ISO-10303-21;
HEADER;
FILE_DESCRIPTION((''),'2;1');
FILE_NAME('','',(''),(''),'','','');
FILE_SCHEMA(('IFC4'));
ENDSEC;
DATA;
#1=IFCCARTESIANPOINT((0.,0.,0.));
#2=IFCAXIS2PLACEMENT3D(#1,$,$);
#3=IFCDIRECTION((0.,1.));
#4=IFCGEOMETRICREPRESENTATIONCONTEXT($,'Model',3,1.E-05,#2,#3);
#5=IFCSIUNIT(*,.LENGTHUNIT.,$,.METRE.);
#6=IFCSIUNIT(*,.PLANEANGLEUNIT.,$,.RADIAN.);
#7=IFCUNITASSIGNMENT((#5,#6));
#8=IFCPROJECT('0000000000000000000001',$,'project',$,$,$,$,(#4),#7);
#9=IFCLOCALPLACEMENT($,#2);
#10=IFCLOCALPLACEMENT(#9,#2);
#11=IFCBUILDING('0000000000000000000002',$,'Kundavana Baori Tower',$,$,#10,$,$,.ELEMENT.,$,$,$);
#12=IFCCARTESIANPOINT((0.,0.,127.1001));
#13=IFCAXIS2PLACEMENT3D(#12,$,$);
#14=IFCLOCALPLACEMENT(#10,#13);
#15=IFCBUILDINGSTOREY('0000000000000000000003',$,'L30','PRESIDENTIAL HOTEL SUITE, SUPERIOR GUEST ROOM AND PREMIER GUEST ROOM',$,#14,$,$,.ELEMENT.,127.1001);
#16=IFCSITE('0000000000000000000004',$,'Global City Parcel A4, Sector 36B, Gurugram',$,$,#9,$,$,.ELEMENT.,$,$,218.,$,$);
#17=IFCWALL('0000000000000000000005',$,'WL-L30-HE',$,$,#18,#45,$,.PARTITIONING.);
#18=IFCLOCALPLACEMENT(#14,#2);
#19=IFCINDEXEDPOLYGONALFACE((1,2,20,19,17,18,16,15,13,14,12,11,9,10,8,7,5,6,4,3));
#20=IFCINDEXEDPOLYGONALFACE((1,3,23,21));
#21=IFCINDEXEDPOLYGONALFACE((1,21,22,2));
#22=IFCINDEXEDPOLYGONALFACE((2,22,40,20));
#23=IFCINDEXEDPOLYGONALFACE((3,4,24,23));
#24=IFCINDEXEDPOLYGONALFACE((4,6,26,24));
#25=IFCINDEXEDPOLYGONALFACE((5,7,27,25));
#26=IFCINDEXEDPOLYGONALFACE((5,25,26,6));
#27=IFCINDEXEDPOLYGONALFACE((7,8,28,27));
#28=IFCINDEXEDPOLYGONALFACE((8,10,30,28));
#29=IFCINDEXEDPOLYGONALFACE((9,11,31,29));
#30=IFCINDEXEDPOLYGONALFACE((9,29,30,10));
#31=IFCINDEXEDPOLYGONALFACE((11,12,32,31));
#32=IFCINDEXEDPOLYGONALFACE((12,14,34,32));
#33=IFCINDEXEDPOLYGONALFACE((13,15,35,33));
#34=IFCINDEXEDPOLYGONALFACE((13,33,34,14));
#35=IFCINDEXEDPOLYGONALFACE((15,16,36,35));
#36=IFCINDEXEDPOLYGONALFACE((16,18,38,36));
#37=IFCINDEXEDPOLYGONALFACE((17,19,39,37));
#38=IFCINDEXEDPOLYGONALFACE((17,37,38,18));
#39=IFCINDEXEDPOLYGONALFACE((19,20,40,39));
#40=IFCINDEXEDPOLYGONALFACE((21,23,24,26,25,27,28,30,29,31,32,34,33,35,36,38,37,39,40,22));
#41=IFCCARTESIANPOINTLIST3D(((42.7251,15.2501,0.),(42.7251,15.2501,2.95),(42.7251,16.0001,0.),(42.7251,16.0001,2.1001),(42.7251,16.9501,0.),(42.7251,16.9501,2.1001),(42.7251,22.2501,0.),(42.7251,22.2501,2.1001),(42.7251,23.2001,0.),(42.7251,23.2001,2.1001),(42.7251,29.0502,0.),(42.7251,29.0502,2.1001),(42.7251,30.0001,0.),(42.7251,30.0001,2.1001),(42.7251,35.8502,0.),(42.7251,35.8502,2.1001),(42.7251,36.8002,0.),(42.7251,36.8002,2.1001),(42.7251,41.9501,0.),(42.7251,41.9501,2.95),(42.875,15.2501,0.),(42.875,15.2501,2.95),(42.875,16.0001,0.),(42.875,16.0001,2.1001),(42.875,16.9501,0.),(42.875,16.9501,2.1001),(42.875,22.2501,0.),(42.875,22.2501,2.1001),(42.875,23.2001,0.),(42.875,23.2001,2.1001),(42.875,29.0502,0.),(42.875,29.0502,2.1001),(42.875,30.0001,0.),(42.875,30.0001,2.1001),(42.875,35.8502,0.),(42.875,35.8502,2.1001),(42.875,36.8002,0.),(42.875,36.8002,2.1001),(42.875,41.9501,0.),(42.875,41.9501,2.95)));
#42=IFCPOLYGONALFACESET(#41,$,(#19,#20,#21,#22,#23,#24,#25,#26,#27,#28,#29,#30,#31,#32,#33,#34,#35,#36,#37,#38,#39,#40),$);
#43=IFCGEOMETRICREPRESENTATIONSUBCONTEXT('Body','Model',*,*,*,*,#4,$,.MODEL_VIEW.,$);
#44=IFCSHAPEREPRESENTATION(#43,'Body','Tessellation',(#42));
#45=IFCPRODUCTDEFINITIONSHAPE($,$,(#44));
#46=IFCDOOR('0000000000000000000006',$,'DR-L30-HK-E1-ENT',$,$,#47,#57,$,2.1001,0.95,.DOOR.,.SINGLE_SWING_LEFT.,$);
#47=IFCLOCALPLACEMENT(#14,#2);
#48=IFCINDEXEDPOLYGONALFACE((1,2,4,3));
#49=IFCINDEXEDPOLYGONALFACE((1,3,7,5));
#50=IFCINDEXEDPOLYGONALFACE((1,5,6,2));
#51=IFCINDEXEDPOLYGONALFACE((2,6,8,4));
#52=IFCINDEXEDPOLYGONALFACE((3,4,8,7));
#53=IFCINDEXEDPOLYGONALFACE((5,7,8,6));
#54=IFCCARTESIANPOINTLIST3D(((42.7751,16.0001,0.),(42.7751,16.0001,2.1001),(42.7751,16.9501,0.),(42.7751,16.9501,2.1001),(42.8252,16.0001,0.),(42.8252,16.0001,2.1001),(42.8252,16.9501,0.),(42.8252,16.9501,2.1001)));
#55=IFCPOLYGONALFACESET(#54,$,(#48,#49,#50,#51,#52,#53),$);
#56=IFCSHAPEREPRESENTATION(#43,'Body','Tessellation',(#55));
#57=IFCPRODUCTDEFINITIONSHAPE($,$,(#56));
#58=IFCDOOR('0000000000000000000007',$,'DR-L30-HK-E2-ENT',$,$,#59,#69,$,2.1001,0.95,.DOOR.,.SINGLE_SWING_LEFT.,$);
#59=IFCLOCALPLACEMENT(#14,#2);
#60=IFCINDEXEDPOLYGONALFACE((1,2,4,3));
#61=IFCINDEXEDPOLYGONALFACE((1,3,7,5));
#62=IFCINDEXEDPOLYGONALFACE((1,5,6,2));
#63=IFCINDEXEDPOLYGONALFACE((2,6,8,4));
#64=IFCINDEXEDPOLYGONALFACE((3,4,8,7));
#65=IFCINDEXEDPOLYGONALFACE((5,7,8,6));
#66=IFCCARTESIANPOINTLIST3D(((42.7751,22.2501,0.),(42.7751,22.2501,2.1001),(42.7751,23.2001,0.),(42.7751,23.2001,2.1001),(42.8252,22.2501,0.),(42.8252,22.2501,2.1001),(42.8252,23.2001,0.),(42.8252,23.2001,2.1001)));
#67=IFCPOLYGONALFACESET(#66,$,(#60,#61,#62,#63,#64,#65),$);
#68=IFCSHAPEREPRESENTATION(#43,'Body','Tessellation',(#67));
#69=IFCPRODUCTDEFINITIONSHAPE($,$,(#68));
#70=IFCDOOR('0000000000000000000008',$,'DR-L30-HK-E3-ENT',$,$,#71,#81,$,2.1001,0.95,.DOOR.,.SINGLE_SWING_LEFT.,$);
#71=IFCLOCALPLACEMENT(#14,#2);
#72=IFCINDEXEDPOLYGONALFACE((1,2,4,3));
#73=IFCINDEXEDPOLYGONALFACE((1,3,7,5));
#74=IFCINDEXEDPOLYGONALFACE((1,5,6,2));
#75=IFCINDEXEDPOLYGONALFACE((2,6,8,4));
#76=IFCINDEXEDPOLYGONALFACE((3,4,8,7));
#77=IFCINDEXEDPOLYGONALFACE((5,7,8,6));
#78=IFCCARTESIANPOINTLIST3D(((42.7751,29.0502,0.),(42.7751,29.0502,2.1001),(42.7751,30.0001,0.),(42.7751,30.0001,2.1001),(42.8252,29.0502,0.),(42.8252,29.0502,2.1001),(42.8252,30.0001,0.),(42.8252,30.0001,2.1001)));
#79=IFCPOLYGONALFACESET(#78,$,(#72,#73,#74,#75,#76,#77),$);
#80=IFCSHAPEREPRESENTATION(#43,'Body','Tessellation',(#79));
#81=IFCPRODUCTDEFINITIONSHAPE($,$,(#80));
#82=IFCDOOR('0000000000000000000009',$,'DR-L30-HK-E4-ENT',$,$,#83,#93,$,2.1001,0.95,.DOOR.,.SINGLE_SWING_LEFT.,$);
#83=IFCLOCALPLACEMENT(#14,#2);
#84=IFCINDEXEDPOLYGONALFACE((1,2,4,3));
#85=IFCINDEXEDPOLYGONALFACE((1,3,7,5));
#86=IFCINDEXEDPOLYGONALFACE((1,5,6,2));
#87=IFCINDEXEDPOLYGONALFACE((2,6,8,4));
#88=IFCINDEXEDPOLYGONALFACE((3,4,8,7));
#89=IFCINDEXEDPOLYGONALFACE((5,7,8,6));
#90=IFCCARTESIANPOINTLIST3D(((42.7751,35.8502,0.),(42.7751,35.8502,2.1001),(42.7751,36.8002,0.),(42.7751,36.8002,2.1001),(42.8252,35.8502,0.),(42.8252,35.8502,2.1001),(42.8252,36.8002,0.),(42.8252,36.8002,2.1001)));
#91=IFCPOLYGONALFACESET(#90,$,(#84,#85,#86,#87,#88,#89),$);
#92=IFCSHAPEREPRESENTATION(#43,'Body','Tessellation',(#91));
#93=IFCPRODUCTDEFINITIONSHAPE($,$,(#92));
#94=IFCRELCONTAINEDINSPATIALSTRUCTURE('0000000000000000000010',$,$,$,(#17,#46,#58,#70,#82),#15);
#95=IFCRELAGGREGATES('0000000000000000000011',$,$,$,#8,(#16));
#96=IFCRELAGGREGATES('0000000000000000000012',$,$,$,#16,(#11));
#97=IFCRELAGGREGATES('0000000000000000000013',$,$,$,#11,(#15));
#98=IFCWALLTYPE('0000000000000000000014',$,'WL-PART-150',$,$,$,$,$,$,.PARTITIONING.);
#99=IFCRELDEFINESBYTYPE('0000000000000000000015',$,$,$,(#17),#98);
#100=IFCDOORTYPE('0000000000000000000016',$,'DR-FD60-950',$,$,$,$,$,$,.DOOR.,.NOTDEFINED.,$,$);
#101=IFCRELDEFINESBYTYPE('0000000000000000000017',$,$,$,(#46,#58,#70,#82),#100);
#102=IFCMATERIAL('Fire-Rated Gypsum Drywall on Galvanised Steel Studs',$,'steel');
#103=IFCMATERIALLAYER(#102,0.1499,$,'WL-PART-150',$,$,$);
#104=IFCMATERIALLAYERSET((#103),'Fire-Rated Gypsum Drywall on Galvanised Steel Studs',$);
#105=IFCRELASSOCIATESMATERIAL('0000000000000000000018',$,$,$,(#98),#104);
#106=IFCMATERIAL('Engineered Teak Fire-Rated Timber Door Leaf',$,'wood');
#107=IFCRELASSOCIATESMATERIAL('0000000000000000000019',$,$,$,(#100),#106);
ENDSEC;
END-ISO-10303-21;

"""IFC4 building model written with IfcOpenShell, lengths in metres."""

from ifc_helpers import new_model, si_unit, direction, frame, frame_2d, origin, place, context, subcontext, project, spatial, rectangle, extrude, material, layer, layer_set, type_object, element, fill, save


model = new_model("IFC4")

# Units and contexts
model_context = context("Model", 3, precision=1e-05, world=origin(), true_north=direction((0.0, 1.0)))
body_context = subcontext(model_context, "Body", "Model", "MODEL_VIEW")
ifc_project = project(units=[si_unit("LENGTHUNIT", "METRE"), si_unit("PLANEANGLEUNIT", "RADIAN")], contexts=[model_context])

# Site, building, storey
site_placement = place(None, origin())
site = spatial("IfcSite", under=ifc_project, at=site_placement, Name="Global City Parcel A4, Sector 36B, Gurugram", CompositionType="ELEMENT", RefElevation=218.0)
building_placement = place(site_placement, origin())
building = spatial("IfcBuilding", under=site, at=building_placement, Name="Kundavana Baori Tower", CompositionType="ELEMENT")
storey_placement = place(building_placement, frame((0.0, 0.0, 127.1001)))
storey = spatial("IfcBuildingStorey", under=building, at=storey_placement, Name="L30", Description="PRESIDENTIAL HOTEL SUITE, SUPERIOR GUEST ROOM AND PREMIER GUEST ROOM", CompositionType="ELEMENT", Elevation=127.1001)

# Wall, openings, doors
ifc_material_1 = material(Name="Fire-Rated Gypsum Drywall on Galvanised Steel Studs", Category="steel")
ifc_layer_1 = layer(ifc_material_1, 0.1499, Name="WL-PART-150")
ifc_layer_set_1 = layer_set([ifc_layer_1], Name="Fire-Rated Gypsum Drywall on Galvanised Steel Studs")
wall_type_1 = type_object("IfcWallType", Name="WL-PART-150", PredefinedType="PARTITIONING", material=ifc_layer_set_1)
wall_1_placement = place(storey_placement, frame((42.8, 15.25, 0.0), z_axis=(0.0, 0.0, 1.0), x_axis=(0.0, 1.0, 0.0)))
wall_1 = element("IfcWall", 1, at=wall_1_placement, inside=storey, type_object=wall_type_1, Name="WL-L30-HE", PredefinedType="PARTITIONING", context=body_context, shape_type="SweptSolid", body=[
    extrude(rectangle(XDim=26.7, YDim=0.1499, at=frame_2d((13.3501, 0.0))), origin(), (0.0, 0.0, 1.0), 2.95),
])
opening_1_placement = place(wall_1_placement, frame((0.75, 0.0, 0.0)))
opening_1 = element("IfcOpeningElement", 2, at=opening_1_placement, cuts=wall_1, PredefinedType="OPENING", context=body_context, shape_type="SweptSolid", body=[
    extrude(rectangle(XDim=0.95, YDim=2.1001, at=frame_2d((0.4751, 1.05))), frame((0.0, 0.085, 0.0), z_axis=(0.0, -1.0, 0.0), x_axis=(1.0, 0.0, 0.0)), (0.0, 0.0, 1.0), 0.1699),
])
opening_2_placement = place(wall_1_placement, frame((7.0, 0.0, 0.0)))
opening_2 = element("IfcOpeningElement", 3, at=opening_2_placement, cuts=wall_1, PredefinedType="OPENING", context=body_context, shape_type="SweptSolid", body=[
    extrude(rectangle(XDim=0.95, YDim=2.1001, at=frame_2d((0.4751, 1.05))), frame((0.0, 0.085, 0.0), z_axis=(0.0, -1.0, 0.0), x_axis=(1.0, 0.0, 0.0)), (0.0, 0.0, 1.0), 0.1699),
])
opening_3_placement = place(wall_1_placement, frame((13.8, 0.0, 0.0)))
opening_3 = element("IfcOpeningElement", 4, at=opening_3_placement, cuts=wall_1, PredefinedType="OPENING", context=body_context, shape_type="SweptSolid", body=[
    extrude(rectangle(XDim=0.95, YDim=2.1001, at=frame_2d((0.4751, 1.05))), frame((0.0, 0.085, 0.0), z_axis=(0.0, -1.0, 0.0), x_axis=(1.0, 0.0, 0.0)), (0.0, 0.0, 1.0), 0.1699),
])
opening_4_placement = place(wall_1_placement, frame((20.6001, 0.0, 0.0)))
opening_4 = element("IfcOpeningElement", 5, at=opening_4_placement, cuts=wall_1, PredefinedType="OPENING", context=body_context, shape_type="SweptSolid", body=[
    extrude(rectangle(XDim=0.95, YDim=2.1001, at=frame_2d((0.4751, 1.05))), frame((0.0, 0.085, 0.0), z_axis=(0.0, -1.0, 0.0), x_axis=(1.0, 0.0, 0.0)), (0.0, 0.0, 1.0), 0.1699),
])
ifc_material_2 = material(Name="Engineered Teak Fire-Rated Timber Door Leaf", Category="wood")
door_type_1 = type_object("IfcDoorType", Name="DR-FD60-950", OperationType="NOTDEFINED", PredefinedType="DOOR", material=ifc_material_2)
door_1_placement = place(opening_1_placement, origin())
door_1 = element("IfcDoor", 6, at=door_1_placement, inside=storey, type_object=door_type_1, Name="DR-L30-HK-E1-ENT", OperationType="SINGLE_SWING_LEFT", OverallHeight=2.1001, OverallWidth=0.95, PredefinedType="DOOR", context=body_context, shape_type="SweptSolid", body=[
    extrude(rectangle(XDim=0.95, YDim=2.1001, at=frame_2d((0.4751, 1.05))), frame((0.0, 0.0249, 0.0), z_axis=(0.0, -1.0, 0.0), x_axis=(1.0, 0.0, 0.0)), (0.0, 0.0, 1.0), 0.05),
])
fill(opening_1, door_1)
door_2_placement = place(opening_2_placement, origin())
door_2 = element("IfcDoor", 7, at=door_2_placement, inside=storey, type_object=door_type_1, Name="DR-L30-HK-E2-ENT", OperationType="SINGLE_SWING_LEFT", OverallHeight=2.1001, OverallWidth=0.95, PredefinedType="DOOR", context=body_context, shape_type="SweptSolid", body=[
    extrude(rectangle(XDim=0.95, YDim=2.1001, at=frame_2d((0.4751, 1.05))), frame((0.0, 0.0249, 0.0), z_axis=(0.0, -1.0, 0.0), x_axis=(1.0, 0.0, 0.0)), (0.0, 0.0, 1.0), 0.05),
])
fill(opening_2, door_2)
door_3_placement = place(opening_3_placement, origin())
door_3 = element("IfcDoor", 8, at=door_3_placement, inside=storey, type_object=door_type_1, Name="DR-L30-HK-E3-ENT", OperationType="SINGLE_SWING_LEFT", OverallHeight=2.1001, OverallWidth=0.95, PredefinedType="DOOR", context=body_context, shape_type="SweptSolid", body=[
    extrude(rectangle(XDim=0.95, YDim=2.1001, at=frame_2d((0.4751, 1.05))), frame((0.0, 0.0249, 0.0), z_axis=(0.0, -1.0, 0.0), x_axis=(1.0, 0.0, 0.0)), (0.0, 0.0, 1.0), 0.05),
])
fill(opening_3, door_3)
door_4_placement = place(opening_4_placement, origin())
door_4 = element("IfcDoor", 9, at=door_4_placement, inside=storey, type_object=door_type_1, Name="DR-L30-HK-E4-ENT", OperationType="SINGLE_SWING_LEFT", OverallHeight=2.1001, OverallWidth=0.95, PredefinedType="DOOR", context=body_context, shape_type="SweptSolid", body=[
    extrude(rectangle(XDim=0.95, YDim=2.1001, at=frame_2d((0.4751, 1.05))), frame((0.0, 0.0249, 0.0), z_axis=(0.0, -1.0, 0.0), x_axis=(1.0, 0.0, 0.0)), (0.0, 0.0, 1.0), 0.05),
])
fill(opening_4, door_4)

save(model, "model.ifc")
